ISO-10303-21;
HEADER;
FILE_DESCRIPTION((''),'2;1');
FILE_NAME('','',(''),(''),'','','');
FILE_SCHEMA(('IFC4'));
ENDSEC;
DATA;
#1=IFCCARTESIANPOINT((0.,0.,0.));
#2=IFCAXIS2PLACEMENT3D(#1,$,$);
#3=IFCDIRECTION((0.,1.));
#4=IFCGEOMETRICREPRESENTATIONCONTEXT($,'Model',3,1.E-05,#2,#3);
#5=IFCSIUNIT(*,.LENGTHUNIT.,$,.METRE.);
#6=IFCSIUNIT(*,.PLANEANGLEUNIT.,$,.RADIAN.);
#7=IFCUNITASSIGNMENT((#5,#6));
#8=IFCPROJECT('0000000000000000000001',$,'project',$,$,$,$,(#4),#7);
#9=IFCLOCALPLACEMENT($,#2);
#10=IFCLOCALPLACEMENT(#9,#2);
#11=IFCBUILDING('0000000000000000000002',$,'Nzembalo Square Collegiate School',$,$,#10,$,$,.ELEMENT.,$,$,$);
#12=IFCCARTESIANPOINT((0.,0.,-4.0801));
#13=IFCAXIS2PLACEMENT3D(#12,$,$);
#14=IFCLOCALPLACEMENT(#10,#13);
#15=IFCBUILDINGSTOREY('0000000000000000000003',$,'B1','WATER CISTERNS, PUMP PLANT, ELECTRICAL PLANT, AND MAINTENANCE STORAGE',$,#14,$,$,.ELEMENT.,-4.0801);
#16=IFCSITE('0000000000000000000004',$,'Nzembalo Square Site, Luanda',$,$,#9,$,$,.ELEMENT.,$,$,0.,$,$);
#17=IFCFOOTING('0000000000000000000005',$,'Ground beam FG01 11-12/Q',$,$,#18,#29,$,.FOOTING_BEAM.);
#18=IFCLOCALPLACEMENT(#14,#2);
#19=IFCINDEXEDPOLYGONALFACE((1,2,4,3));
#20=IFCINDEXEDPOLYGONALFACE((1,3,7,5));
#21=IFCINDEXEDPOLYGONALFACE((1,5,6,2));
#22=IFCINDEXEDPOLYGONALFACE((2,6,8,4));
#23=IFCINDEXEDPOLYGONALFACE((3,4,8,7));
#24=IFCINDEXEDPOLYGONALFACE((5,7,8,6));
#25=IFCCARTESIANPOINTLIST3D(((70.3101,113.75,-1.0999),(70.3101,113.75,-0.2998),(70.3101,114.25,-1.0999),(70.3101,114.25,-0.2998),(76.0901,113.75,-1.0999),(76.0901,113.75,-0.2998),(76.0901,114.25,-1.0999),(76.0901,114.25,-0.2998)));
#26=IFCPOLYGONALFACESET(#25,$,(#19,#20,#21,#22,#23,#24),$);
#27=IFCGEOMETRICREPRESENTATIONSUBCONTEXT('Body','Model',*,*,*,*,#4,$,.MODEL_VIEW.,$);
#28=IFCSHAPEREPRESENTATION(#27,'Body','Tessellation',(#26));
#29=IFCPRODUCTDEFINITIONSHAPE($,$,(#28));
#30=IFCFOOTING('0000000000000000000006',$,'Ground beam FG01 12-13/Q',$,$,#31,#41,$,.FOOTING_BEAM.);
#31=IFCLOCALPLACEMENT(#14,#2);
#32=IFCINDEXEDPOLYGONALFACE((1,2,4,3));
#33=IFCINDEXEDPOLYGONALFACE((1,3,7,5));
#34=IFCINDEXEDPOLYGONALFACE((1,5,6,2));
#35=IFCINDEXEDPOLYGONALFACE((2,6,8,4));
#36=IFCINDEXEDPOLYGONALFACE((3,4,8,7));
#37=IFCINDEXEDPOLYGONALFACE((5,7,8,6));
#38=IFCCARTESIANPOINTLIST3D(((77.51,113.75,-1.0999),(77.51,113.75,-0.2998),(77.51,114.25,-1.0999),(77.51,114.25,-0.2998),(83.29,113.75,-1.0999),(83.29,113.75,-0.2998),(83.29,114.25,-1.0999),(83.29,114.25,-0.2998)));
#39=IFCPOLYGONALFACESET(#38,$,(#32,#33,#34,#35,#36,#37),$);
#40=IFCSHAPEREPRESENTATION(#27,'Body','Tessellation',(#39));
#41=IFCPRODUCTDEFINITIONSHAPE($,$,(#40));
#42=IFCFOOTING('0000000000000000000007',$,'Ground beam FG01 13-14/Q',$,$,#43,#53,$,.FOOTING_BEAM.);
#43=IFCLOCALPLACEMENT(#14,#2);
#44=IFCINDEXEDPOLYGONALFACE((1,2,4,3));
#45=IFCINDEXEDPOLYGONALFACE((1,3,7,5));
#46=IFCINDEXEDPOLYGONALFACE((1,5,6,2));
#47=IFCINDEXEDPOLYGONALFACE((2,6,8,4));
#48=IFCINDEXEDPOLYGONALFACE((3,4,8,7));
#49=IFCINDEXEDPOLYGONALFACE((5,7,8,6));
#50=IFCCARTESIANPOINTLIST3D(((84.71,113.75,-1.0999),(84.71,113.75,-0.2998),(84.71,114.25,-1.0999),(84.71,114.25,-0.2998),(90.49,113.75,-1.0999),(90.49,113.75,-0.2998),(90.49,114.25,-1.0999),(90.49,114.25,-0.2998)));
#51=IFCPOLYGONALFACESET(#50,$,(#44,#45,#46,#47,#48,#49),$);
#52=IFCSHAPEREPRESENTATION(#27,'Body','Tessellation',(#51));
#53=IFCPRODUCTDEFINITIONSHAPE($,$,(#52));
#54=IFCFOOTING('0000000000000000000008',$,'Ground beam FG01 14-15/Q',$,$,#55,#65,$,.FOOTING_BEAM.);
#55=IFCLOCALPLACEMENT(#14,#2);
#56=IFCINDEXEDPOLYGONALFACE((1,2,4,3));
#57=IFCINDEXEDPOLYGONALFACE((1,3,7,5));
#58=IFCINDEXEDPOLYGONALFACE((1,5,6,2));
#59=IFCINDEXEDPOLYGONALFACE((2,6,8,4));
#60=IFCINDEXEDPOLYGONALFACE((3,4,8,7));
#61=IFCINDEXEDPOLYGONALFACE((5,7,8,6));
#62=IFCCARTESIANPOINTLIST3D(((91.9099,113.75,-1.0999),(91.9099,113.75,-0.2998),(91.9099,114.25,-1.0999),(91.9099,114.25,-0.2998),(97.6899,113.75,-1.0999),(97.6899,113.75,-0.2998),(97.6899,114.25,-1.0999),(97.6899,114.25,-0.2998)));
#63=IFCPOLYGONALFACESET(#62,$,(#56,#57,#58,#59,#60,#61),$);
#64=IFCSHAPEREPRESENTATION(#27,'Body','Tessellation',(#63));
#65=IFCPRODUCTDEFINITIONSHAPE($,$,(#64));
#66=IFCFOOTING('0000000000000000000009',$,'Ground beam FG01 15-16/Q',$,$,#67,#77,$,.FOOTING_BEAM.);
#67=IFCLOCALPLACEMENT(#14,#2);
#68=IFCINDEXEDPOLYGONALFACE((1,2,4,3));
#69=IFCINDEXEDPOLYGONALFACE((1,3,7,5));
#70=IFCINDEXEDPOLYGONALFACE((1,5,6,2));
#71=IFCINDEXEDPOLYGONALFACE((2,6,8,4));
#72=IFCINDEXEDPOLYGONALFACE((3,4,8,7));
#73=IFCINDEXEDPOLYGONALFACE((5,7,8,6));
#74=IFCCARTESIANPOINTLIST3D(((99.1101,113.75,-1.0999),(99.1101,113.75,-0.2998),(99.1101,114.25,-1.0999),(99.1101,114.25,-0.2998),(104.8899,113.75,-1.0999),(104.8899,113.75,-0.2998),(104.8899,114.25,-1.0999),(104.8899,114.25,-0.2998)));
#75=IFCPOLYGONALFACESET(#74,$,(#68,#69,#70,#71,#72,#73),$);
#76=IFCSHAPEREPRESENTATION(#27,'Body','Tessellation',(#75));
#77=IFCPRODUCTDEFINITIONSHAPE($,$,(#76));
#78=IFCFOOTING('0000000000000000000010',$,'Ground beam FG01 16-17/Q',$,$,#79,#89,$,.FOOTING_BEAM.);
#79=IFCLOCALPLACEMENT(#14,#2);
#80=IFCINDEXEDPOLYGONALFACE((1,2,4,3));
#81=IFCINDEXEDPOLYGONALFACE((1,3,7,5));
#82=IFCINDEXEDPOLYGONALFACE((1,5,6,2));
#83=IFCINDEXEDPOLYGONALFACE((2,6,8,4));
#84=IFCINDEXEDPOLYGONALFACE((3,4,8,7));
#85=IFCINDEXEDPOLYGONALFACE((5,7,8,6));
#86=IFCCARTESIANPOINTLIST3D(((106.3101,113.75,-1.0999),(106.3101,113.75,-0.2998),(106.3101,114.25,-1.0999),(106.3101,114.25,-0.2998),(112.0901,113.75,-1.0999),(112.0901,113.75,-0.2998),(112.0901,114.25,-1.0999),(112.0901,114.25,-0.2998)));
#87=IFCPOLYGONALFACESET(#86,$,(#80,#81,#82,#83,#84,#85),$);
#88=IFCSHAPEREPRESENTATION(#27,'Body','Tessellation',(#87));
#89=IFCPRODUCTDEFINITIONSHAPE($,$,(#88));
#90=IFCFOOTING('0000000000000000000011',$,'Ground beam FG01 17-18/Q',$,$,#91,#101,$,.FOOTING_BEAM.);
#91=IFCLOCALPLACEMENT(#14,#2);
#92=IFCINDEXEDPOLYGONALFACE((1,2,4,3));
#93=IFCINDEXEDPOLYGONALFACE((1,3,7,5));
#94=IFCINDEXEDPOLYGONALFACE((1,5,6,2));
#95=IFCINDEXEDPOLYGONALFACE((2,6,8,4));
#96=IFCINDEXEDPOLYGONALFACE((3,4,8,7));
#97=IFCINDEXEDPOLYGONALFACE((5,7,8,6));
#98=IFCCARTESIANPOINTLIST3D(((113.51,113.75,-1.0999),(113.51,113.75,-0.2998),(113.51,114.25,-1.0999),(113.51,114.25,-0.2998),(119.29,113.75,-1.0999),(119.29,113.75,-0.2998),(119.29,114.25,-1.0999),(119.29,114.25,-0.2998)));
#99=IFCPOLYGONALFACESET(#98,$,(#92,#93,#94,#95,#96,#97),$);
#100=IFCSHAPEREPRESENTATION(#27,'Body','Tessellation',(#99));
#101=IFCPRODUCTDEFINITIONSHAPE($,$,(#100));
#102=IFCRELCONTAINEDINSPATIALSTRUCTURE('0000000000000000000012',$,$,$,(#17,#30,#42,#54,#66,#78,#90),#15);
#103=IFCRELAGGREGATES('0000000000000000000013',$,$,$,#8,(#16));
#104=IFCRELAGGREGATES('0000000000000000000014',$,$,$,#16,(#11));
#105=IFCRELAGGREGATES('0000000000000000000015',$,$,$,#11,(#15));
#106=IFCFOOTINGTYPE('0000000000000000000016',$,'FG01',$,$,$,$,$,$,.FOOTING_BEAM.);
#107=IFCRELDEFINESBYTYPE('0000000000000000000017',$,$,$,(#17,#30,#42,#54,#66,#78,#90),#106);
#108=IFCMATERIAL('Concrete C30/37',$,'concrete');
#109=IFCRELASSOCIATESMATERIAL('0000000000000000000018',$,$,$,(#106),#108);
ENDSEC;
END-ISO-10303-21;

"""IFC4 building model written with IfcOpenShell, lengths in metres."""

from ifc_helpers import new_model, si_unit, direction, frame, origin, place, context, subcontext, project, spatial, polyline, outline, extrude, material, type_object, element, save


model = new_model("IFC4")

# Units and contexts
model_context = context("Model", 3, precision=1e-05, world=origin(), true_north=direction((0.0, 1.0)))
body_context = subcontext(model_context, "Body", "Model", "MODEL_VIEW")
ifc_project = project(units=[si_unit("LENGTHUNIT", "METRE"), si_unit("PLANEANGLEUNIT", "RADIAN")], contexts=[model_context])

# Site, building, storey
site_placement = place(None, origin())
site = spatial("IfcSite", under=ifc_project, at=site_placement, Name="Nzembalo Square Site, Luanda", CompositionType="ELEMENT", RefElevation=0.0)
building_placement = place(site_placement, origin())
building = spatial("IfcBuilding", under=site, at=building_placement, Name="Nzembalo Square Collegiate School", CompositionType="ELEMENT")
storey_placement = place(building_placement, frame((0.0, 0.0, -4.0801)))
storey = spatial("IfcBuildingStorey", under=building, at=storey_placement, Name="B1", Description="WATER CISTERNS, PUMP PLANT, ELECTRICAL PLANT, AND MAINTENANCE STORAGE", CompositionType="ELEMENT", Elevation=-4.0801)

# Footings
ifc_material = material(Name="Concrete C30/37", Category="concrete")
footing_type = type_object("IfcFootingType", Name="FG01", PredefinedType="FOOTING_BEAM", material=ifc_material)
footing_1_placement = place(storey_placement, frame((0.0, 0.0, -1.0999)))
element("IfcFooting", 1, at=footing_1_placement, inside=storey, type_object=footing_type, Name="Ground beam FG01 11-12/Q", PredefinedType="FOOTING_BEAM", context=body_context, shape_type="SweptSolid", body=[
    extrude(outline(polyline([(70.3101, 113.75), (76.0901, 113.75), (76.0901, 114.25), (70.3101, 114.25), (70.3101, 113.75)])), origin(), (0.0, 0.0, 1.0), 0.8),
])
footing_2_placement = place(storey_placement, frame((0.0, 0.0, -1.0999)))
element("IfcFooting", 2, at=footing_2_placement, inside=storey, type_object=footing_type, Name="Ground beam FG01 12-13/Q", PredefinedType="FOOTING_BEAM", context=body_context, shape_type="SweptSolid", body=[
    extrude(outline(polyline([(77.51, 113.75), (83.29, 113.75), (83.29, 114.25), (77.51, 114.25), (77.51, 113.75)])), origin(), (0.0, 0.0, 1.0), 0.8),
])
footing_3_placement = place(storey_placement, frame((0.0, 0.0, -1.0999)))
element("IfcFooting", 3, at=footing_3_placement, inside=storey, type_object=footing_type, Name="Ground beam FG01 13-14/Q", PredefinedType="FOOTING_BEAM", context=body_context, shape_type="SweptSolid", body=[
    extrude(outline(polyline([(84.71, 113.75), (90.49, 113.75), (90.49, 114.25), (84.71, 114.25), (84.71, 113.75)])), origin(), (0.0, 0.0, 1.0), 0.8),
])
footing_4_placement = place(storey_placement, frame((0.0, 0.0, -1.0999)))
element("IfcFooting", 4, at=footing_4_placement, inside=storey, type_object=footing_type, Name="Ground beam FG01 14-15/Q", PredefinedType="FOOTING_BEAM", context=body_context, shape_type="SweptSolid", body=[
    extrude(outline(polyline([(91.9099, 113.75), (97.6899, 113.75), (97.6899, 114.25), (91.9099, 114.25), (91.9099, 113.75)])), origin(), (0.0, 0.0, 1.0), 0.8),
])
footing_5_placement = place(storey_placement, frame((0.0, 0.0, -1.0999)))
element("IfcFooting", 5, at=footing_5_placement, inside=storey, type_object=footing_type, Name="Ground beam FG01 15-16/Q", PredefinedType="FOOTING_BEAM", context=body_context, shape_type="SweptSolid", body=[
    extrude(outline(polyline([(99.1101, 113.75), (104.8899, 113.75), (104.8899, 114.25), (99.1101, 114.25), (99.1101, 113.75)])), origin(), (0.0, 0.0, 1.0), 0.8),
])
footing_6_placement = place(storey_placement, frame((0.0, 0.0, -1.0999)))
element("IfcFooting", 6, at=footing_6_placement, inside=storey, type_object=footing_type, Name="Ground beam FG01 16-17/Q", PredefinedType="FOOTING_BEAM", context=body_context, shape_type="SweptSolid", body=[
    extrude(outline(polyline([(106.3101, 113.75), (112.0901, 113.75), (112.0901, 114.25), (106.3101, 114.25), (106.3101, 113.75)])), origin(), (0.0, 0.0, 1.0), 0.8),
])
footing_7_placement = place(storey_placement, frame((0.0, 0.0, -1.0999)))
element("IfcFooting", 7, at=footing_7_placement, inside=storey, type_object=footing_type, Name="Ground beam FG01 17-18/Q", PredefinedType="FOOTING_BEAM", context=body_context, shape_type="SweptSolid", body=[
    extrude(outline(polyline([(113.51, 113.75), (119.29, 113.75), (119.29, 114.25), (113.51, 114.25), (113.51, 113.75)])), origin(), (0.0, 0.0, 1.0), 0.8),
])

save(model, "model.ifc")
